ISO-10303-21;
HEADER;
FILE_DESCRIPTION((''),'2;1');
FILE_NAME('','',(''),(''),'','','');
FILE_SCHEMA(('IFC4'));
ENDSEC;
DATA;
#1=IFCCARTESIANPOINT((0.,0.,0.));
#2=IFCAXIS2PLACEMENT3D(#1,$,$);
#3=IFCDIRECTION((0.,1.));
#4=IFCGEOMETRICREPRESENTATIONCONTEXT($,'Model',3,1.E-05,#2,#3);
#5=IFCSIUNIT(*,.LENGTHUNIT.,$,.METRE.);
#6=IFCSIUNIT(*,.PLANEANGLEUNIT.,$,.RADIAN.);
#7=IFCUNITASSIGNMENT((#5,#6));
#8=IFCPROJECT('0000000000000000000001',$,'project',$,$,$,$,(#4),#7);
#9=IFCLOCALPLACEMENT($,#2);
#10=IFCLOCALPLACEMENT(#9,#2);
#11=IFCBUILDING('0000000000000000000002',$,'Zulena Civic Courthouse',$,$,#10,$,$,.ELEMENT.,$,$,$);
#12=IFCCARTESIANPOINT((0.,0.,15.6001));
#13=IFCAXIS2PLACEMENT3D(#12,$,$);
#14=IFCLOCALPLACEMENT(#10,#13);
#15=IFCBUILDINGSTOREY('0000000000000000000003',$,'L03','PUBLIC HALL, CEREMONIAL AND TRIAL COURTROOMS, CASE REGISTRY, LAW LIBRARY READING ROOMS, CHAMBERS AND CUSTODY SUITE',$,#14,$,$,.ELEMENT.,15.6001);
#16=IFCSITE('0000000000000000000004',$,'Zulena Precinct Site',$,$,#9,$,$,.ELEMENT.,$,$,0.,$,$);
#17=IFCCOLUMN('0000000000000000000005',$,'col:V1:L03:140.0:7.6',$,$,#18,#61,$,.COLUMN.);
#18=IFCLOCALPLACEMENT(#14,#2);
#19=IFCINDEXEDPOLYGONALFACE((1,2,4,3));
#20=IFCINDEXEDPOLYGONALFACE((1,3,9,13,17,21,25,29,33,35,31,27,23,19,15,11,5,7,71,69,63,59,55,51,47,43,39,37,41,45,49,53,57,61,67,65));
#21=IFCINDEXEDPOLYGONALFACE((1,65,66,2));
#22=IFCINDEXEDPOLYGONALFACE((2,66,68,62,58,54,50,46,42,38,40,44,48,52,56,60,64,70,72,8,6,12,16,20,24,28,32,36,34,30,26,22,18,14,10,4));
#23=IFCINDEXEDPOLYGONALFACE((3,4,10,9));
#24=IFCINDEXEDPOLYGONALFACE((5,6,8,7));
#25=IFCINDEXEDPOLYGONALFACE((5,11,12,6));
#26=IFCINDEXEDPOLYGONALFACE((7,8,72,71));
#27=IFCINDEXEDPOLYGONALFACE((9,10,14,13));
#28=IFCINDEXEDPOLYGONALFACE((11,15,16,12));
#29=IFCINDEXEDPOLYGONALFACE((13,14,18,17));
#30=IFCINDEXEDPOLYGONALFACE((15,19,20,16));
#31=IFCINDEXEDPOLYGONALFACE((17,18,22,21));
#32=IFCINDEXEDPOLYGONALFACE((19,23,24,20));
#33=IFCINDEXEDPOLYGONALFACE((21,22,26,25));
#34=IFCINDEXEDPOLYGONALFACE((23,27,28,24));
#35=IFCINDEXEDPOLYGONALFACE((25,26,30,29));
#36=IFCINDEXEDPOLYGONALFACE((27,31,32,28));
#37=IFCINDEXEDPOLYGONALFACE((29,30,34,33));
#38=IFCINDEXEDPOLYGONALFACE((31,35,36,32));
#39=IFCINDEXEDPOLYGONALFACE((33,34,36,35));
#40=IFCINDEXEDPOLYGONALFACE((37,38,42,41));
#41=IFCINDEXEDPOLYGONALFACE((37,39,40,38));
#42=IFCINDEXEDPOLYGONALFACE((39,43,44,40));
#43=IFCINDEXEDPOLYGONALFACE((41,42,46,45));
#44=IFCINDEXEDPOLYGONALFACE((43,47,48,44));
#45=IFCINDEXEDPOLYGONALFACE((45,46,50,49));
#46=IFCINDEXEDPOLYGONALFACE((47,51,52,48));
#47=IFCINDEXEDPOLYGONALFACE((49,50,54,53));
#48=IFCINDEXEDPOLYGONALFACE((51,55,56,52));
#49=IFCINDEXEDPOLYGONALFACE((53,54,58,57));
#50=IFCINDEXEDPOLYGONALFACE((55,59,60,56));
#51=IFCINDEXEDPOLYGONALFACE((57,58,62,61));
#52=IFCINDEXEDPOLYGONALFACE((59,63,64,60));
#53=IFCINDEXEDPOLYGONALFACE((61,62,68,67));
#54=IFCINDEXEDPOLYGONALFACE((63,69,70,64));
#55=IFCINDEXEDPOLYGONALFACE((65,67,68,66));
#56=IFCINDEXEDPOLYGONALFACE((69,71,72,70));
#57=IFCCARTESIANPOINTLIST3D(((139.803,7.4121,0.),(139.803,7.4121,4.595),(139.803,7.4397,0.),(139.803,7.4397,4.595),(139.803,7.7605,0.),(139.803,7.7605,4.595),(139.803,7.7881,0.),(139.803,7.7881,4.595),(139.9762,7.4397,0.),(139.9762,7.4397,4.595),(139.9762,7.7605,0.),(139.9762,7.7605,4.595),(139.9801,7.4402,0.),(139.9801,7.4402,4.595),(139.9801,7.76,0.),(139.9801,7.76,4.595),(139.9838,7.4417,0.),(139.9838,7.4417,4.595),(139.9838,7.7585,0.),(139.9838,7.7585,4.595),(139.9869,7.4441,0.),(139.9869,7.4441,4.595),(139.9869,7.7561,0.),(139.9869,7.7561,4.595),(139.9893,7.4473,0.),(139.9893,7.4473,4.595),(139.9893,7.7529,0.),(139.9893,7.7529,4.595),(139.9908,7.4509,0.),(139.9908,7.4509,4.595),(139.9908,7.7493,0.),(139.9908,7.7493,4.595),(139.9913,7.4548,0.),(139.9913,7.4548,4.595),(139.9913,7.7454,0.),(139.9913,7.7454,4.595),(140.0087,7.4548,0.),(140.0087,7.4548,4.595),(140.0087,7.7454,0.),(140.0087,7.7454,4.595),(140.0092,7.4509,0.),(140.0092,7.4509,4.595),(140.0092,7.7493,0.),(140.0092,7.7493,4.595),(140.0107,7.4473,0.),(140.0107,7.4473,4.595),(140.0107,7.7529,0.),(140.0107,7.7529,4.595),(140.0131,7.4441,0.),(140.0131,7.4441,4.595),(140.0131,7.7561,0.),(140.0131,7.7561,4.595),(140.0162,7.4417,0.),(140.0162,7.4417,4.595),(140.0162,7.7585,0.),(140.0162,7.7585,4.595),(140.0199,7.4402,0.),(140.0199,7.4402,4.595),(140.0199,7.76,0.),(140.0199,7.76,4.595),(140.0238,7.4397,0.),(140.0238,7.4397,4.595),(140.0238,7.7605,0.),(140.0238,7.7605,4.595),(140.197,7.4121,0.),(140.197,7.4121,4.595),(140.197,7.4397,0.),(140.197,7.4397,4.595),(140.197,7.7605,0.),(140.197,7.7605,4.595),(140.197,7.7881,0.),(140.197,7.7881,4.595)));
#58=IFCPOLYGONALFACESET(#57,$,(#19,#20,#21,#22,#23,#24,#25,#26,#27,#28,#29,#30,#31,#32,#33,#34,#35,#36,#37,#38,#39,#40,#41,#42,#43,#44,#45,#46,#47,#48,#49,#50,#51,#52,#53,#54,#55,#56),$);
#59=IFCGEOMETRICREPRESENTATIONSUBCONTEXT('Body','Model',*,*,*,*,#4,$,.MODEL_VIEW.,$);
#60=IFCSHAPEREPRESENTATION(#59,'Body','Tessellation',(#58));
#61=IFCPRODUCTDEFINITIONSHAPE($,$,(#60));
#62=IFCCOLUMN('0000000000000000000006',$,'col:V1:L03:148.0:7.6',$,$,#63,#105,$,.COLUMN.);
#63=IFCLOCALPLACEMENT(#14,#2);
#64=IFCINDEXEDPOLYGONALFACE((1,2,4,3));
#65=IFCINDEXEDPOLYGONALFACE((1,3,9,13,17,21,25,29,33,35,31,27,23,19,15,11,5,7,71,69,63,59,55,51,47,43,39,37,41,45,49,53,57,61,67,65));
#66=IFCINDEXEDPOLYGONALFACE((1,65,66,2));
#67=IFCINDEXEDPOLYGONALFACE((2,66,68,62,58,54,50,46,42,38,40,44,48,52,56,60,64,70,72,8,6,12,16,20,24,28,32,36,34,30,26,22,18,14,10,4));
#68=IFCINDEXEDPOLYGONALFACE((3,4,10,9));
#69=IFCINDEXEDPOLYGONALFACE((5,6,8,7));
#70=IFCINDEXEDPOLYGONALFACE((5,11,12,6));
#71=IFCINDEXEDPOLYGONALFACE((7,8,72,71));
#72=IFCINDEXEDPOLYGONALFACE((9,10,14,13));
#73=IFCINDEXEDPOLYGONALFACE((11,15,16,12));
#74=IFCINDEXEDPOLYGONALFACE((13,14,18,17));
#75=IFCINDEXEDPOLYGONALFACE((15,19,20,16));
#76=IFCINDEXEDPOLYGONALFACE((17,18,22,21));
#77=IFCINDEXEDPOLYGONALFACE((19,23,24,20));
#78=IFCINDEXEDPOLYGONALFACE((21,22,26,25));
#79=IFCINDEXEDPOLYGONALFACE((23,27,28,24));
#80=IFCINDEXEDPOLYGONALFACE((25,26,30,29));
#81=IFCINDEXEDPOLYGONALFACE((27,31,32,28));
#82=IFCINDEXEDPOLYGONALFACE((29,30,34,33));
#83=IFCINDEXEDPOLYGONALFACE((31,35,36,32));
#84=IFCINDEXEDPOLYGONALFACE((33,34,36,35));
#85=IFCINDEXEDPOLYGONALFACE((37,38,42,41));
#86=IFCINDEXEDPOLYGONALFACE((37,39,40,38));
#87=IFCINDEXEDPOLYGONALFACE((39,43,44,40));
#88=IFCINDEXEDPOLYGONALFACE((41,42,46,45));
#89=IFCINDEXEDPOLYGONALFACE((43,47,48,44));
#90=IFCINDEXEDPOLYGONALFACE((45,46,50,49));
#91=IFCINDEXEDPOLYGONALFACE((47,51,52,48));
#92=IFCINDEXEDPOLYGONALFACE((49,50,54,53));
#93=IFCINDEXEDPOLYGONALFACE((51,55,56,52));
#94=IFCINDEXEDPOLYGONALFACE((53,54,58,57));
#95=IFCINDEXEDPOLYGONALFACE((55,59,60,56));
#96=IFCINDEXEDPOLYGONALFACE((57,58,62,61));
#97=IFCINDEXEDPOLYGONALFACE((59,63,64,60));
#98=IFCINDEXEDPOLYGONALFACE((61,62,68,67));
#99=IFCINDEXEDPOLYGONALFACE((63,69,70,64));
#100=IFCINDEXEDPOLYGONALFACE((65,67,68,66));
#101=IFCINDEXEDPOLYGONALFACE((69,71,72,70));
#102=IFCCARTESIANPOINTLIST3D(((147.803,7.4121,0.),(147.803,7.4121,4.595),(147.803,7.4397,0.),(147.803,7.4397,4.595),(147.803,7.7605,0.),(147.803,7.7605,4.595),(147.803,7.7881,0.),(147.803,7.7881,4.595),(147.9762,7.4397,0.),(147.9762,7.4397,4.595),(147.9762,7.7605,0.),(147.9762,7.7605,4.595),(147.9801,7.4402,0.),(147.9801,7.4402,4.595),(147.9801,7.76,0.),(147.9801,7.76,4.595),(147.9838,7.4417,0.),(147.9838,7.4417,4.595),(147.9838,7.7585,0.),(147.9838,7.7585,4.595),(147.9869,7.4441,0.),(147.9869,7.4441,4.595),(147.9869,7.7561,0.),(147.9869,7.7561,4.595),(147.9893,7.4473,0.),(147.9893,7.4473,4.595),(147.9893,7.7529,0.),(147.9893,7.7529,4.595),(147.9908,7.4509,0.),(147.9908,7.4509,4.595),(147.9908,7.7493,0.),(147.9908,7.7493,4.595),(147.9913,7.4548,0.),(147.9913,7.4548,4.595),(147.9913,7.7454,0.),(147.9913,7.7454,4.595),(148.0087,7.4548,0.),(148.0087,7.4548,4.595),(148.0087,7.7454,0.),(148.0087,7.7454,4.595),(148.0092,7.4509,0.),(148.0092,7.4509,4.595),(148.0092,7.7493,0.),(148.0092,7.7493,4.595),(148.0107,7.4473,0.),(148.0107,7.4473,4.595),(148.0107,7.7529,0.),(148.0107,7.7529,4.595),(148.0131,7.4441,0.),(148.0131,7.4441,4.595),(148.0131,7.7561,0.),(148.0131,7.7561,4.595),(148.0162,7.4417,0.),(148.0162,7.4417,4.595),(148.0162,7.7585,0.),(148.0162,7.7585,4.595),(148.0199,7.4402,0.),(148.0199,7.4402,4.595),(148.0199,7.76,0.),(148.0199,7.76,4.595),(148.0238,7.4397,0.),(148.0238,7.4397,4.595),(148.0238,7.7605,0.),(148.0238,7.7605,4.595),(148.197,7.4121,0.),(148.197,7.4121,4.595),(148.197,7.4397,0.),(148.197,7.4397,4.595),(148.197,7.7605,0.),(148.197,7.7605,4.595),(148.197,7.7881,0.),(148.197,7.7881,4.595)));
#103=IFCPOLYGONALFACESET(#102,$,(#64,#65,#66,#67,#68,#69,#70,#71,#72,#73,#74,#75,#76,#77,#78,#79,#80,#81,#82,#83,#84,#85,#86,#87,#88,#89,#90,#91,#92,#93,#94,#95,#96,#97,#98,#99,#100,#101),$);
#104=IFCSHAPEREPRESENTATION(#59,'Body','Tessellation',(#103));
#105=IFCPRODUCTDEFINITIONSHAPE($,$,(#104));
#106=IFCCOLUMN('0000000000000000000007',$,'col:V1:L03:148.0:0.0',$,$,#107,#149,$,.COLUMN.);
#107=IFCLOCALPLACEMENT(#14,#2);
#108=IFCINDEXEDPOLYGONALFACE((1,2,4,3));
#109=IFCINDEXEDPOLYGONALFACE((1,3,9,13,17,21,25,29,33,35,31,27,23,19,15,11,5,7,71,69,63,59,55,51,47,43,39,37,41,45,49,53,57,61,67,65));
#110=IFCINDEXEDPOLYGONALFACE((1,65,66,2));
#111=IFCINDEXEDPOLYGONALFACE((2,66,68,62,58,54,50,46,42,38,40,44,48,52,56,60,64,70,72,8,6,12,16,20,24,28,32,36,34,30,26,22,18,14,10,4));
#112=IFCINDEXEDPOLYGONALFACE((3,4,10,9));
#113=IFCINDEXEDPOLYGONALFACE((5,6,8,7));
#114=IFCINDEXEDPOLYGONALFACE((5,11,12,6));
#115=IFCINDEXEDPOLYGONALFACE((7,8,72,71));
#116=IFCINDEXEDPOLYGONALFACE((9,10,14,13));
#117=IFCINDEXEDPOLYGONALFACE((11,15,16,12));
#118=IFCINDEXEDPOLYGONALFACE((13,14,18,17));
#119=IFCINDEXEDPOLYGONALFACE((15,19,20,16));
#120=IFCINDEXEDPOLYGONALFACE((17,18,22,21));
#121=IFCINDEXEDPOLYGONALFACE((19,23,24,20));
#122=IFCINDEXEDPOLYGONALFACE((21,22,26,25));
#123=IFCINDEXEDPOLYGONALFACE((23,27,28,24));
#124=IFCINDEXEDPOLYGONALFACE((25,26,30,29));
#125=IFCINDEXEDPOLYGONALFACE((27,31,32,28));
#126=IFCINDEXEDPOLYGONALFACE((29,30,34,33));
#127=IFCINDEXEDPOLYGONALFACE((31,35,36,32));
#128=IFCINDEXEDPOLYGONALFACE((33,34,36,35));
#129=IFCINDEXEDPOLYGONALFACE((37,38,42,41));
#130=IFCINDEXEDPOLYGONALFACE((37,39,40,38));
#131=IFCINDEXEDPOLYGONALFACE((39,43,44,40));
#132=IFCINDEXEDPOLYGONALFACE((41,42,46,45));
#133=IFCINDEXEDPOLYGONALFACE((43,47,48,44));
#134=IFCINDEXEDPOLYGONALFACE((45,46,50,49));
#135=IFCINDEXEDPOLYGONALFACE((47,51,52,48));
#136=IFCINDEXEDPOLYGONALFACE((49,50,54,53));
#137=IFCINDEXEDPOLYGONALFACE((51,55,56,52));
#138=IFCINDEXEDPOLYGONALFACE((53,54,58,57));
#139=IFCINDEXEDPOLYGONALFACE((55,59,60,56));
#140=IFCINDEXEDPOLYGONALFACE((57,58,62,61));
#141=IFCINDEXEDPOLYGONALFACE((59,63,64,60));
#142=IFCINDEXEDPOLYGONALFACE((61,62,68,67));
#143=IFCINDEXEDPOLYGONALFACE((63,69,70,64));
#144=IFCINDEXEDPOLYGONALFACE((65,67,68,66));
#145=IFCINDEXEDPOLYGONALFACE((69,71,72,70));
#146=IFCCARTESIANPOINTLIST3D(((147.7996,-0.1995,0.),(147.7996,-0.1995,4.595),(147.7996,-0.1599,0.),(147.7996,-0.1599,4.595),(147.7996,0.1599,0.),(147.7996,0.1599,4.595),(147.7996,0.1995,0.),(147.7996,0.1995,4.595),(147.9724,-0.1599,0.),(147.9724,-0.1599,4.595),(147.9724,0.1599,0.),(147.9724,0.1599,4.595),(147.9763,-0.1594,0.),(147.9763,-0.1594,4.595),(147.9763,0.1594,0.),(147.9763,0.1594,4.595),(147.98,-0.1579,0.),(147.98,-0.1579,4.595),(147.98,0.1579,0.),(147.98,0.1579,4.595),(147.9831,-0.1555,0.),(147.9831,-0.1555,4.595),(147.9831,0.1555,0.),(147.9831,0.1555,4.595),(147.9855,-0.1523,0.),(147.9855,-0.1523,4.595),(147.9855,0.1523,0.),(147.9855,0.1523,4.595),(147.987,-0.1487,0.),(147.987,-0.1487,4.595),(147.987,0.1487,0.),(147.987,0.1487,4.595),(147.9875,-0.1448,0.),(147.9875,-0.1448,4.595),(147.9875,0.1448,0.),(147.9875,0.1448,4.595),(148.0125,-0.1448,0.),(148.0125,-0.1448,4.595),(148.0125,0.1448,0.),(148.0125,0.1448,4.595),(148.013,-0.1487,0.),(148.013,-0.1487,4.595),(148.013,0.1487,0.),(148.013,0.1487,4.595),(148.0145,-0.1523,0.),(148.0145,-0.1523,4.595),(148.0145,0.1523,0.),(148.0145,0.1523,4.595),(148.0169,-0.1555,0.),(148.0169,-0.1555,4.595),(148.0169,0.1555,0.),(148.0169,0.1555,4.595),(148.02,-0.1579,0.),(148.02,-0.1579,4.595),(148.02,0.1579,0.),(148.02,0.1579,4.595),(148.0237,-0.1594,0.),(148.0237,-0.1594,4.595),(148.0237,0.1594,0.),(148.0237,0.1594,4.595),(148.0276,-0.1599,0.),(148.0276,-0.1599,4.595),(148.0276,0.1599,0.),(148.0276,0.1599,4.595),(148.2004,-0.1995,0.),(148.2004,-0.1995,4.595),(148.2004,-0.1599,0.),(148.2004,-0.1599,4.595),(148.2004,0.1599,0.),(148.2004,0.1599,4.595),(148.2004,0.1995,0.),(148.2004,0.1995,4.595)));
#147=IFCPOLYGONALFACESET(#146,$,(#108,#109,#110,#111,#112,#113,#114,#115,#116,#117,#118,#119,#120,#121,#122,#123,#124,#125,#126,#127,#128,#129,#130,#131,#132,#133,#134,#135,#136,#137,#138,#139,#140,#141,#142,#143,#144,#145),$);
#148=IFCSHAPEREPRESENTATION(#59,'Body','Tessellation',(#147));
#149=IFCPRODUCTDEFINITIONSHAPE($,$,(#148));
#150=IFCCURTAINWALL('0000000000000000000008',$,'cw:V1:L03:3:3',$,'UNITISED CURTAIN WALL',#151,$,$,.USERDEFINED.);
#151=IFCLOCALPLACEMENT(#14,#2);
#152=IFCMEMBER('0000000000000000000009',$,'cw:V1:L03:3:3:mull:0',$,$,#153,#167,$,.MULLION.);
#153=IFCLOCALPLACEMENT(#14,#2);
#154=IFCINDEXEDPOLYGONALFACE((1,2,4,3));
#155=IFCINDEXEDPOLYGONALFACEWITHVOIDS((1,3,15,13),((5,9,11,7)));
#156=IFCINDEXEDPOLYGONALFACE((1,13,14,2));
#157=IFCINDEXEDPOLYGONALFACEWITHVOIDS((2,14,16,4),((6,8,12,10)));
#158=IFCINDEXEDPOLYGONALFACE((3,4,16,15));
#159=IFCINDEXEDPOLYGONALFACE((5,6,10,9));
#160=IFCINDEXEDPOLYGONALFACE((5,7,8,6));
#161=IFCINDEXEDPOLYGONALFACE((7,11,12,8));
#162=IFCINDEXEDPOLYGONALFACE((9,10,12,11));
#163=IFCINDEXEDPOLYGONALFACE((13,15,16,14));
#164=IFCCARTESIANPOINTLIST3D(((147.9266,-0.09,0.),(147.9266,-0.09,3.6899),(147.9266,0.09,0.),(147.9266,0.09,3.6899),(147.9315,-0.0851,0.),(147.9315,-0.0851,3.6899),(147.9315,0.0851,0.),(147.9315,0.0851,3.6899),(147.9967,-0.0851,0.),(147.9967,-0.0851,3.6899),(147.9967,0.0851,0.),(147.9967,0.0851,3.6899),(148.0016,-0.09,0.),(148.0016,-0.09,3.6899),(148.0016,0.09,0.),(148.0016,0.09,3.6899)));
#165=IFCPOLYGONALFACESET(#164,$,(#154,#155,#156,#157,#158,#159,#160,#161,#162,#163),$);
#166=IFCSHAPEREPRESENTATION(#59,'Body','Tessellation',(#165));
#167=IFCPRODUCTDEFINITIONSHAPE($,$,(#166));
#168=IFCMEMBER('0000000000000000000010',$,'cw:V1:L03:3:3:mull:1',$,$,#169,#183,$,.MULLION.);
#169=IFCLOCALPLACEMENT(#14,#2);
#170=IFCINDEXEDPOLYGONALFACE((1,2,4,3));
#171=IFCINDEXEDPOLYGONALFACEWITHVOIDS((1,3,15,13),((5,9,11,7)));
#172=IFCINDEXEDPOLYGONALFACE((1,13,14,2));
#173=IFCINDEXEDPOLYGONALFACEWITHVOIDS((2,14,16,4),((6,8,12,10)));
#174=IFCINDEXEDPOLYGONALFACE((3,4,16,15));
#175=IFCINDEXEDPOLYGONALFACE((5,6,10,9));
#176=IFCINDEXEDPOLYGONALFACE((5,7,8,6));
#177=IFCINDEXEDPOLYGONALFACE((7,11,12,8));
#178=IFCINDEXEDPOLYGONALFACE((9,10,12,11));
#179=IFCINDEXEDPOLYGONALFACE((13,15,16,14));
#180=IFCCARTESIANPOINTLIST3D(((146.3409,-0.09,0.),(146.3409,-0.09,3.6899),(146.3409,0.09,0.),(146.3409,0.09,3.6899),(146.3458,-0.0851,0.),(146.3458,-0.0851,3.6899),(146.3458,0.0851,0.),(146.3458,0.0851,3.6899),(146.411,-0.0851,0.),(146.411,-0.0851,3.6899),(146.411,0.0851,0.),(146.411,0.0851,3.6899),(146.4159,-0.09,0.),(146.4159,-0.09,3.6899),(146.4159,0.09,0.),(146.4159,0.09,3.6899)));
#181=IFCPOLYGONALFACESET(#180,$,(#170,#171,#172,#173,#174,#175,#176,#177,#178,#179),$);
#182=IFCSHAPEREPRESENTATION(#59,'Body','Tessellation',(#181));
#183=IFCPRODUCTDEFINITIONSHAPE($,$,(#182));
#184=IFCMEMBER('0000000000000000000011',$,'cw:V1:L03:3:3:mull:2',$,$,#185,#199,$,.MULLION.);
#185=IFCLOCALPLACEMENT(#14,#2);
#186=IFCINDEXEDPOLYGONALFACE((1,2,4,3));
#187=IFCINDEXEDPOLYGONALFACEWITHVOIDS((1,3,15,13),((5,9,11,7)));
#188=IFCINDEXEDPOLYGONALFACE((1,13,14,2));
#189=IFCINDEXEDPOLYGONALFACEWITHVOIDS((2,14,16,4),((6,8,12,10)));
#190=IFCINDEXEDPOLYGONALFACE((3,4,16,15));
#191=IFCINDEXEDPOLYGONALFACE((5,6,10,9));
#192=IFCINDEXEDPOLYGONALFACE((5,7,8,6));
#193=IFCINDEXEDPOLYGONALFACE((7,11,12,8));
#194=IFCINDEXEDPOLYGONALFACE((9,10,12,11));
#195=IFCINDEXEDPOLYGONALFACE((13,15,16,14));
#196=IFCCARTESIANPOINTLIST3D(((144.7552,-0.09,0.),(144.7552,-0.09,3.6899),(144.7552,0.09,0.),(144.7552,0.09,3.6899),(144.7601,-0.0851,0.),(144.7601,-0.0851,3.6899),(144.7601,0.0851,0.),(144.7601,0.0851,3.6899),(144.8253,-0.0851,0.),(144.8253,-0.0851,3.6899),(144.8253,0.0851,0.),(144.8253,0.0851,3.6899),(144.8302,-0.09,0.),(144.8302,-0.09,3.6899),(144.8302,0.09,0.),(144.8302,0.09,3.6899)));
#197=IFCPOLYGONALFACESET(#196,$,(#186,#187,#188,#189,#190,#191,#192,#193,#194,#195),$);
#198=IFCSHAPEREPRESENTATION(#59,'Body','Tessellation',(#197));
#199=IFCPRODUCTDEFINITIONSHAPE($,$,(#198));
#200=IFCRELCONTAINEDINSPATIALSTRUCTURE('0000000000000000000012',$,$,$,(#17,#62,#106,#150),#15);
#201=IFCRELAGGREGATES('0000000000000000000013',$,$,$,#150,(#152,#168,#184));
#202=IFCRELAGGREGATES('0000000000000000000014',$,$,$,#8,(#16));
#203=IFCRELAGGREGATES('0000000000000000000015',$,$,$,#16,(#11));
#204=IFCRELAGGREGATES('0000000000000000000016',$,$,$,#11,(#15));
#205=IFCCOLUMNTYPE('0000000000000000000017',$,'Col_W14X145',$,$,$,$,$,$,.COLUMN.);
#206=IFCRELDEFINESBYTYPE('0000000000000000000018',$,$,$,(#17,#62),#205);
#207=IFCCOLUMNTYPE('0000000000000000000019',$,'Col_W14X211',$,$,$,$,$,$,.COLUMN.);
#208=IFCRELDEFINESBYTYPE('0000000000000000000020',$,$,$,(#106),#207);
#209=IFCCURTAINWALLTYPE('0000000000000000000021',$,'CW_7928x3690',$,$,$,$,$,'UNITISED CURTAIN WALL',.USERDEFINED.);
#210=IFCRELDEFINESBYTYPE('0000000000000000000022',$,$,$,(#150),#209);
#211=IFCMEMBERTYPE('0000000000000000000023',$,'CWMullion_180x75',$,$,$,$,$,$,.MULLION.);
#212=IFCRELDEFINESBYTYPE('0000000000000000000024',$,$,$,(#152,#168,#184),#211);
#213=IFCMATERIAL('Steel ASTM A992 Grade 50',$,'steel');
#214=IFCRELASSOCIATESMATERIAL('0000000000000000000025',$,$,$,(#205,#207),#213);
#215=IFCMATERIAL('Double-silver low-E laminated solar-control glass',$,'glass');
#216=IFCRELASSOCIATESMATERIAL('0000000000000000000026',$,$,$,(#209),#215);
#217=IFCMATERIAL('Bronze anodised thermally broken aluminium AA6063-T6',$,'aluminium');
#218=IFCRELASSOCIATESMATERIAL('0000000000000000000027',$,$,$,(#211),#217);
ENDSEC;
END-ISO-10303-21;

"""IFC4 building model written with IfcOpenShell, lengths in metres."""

from ifc_helpers import new_model, si_unit, direction, frame, origin, origin_2d, place, context, subcontext, project, spatial, hollow_rectangle, i_section, extrude, material, material_profile, profile_set, type_object, element, aggregate, save


model = new_model("IFC4")

# Units and contexts
model_context = context("Model", 3, precision=1e-05, world=origin(), true_north=direction((0.0, 1.0)))
body_context = subcontext(model_context, "Body", "Model", "MODEL_VIEW")
ifc_project = project(units=[si_unit("LENGTHUNIT", "METRE"), si_unit("PLANEANGLEUNIT", "RADIAN")], contexts=[model_context])

# Site, building, storey
site_placement = place(None, origin())
site = spatial("IfcSite", under=ifc_project, at=site_placement, Name="Zulena Precinct Site", CompositionType="ELEMENT", RefElevation=0.0)
building_placement = place(site_placement, origin())
building = spatial("IfcBuilding", under=site, at=building_placement, Name="Zulena Civic Courthouse", CompositionType="ELEMENT")
storey_placement = place(building_placement, frame((0.0, 0.0, 15.6001)))
storey = spatial("IfcBuildingStorey", under=building, at=storey_placement, Name="L03", Description="PUBLIC HALL, CEREMONIAL AND TRIAL COURTROOMS, CASE REGISTRY, LAW LIBRARY READING ROOMS, CHAMBERS AND CUSTODY SUITE", CompositionType="ELEMENT", Elevation=15.6001)

# Columns
ifc_material_1 = material(Name="Steel ASTM A992 Grade 50", Category="steel")
ifc_material_profile_1 = material_profile(ifc_material_1, i_section(OverallWidth=0.394, OverallDepth=0.376, WebThickness=0.0173, FlangeThickness=0.0276, FilletRadius=0.0151, at=origin_2d()), Name="W14X145")
ifc_profile_set_1 = profile_set([ifc_material_profile_1], Name="Steel ASTM A992 Grade 50")
column_type_1 = type_object("IfcColumnType", Name="Col_W14X145", PredefinedType="COLUMN", material=ifc_profile_set_1)
for number, where, z_axis, x_axis, name in (
    (1, (140.0, 7.6001, 0.0), (0.0, 0.0, 1.0), (1.0, 0.0, 0.0), "col:V1:L03:140.0:7.6"),
    (2, (148.0, 7.6001, 0.0), (0.0, 0.0, 1.0), (1.0, 0.0, 0.0), "col:V1:L03:148.0:7.6"),
):
    element("IfcColumn", number, at=place(storey_placement, frame(where, z_axis=z_axis, x_axis=x_axis)), inside=storey, type_object=column_type_1, Name=name, PredefinedType="COLUMN", context=body_context, shape_type="SweptSolid", body=[
        extrude(i_section(OverallWidth=0.394, OverallDepth=0.376, WebThickness=0.0173, FlangeThickness=0.0276, FilletRadius=0.0151, at=origin_2d()), origin(), (0.0, 0.0, 1.0), 4.595),
    ])
ifc_material_profile_2 = material_profile(ifc_material_1, i_section(OverallWidth=0.4009, OverallDepth=0.3989, WebThickness=0.0249, FlangeThickness=0.0396, FilletRadius=0.0151, at=origin_2d()), Name="W14X211")
ifc_profile_set_2 = profile_set([ifc_material_profile_2], Name="Steel ASTM A992 Grade 50")
column_type_2 = type_object("IfcColumnType", Name="Col_W14X211", PredefinedType="COLUMN", material=ifc_profile_set_2)
column_placement = place(storey_placement, frame((148.0, 0.0, 0.0), z_axis=(0.0, 0.0, 1.0), x_axis=(1.0, 0.0, 0.0)))
element("IfcColumn", 3, at=column_placement, inside=storey, type_object=column_type_2, Name="col:V1:L03:148.0:0.0", PredefinedType="COLUMN", context=body_context, shape_type="SweptSolid", body=[
    extrude(i_section(OverallWidth=0.4009, OverallDepth=0.3989, WebThickness=0.0249, FlangeThickness=0.0396, FilletRadius=0.0151, at=origin_2d()), origin(), (0.0, 0.0, 1.0), 4.595),
])

# Curtain wall, members
ifc_material_2 = material(Name="Double-silver low-E laminated solar-control glass", Category="glass")
curtain_wall_type = type_object("IfcCurtainWallType", Name="CW_7928x3690", ElementType="UNITISED CURTAIN WALL", PredefinedType="USERDEFINED", material=ifc_material_2)
curtain_wall_placement = place(storey_placement, origin())
curtain_wall = element("IfcCurtainWall", 4, at=curtain_wall_placement, inside=storey, type_object=curtain_wall_type, Name="cw:V1:L03:3:3", ObjectType="UNITISED CURTAIN WALL", PredefinedType="USERDEFINED")
ifc_material_3 = material(Name="Bronze anodised thermally broken aluminium AA6063-T6", Category="aluminium")
ifc_material_profile_3 = material_profile(ifc_material_3, hollow_rectangle(XDim=0.075, YDim=0.1799, WallThickness=0.0049, at=origin_2d()), Name="CWM180X75X5")
ifc_profile_set_3 = profile_set([ifc_material_profile_3], Name="Bronze anodised thermally broken aluminium AA6063-T6")
member_type_1 = type_object("IfcMemberType", Name="CWMullion_180x75", PredefinedType="MULLION", material=ifc_profile_set_3)
member_1_placement = place(storey_placement, frame((147.9641, 0.0, 0.0), z_axis=(0.0, 0.0, 1.0), x_axis=(1.0, 0.0, 0.0)))
member_1 = element("IfcMember", 5, at=member_1_placement, type_object=member_type_1, Name="cw:V1:L03:3:3:mull:0", PredefinedType="MULLION", context=body_context, shape_type="SweptSolid", body=[
    extrude(hollow_rectangle(XDim=0.075, YDim=0.1799, WallThickness=0.0049, at=origin_2d()), origin(), (0.0, 0.0, 1.0), 3.6899),
])
member_2_placement = place(storey_placement, frame((146.3784, 0.0, 0.0), z_axis=(0.0, 0.0, 1.0), x_axis=(1.0, 0.0, 0.0)))
member_2 = element("IfcMember", 6, at=member_2_placement, type_object=member_type_1, Name="cw:V1:L03:3:3:mull:1", PredefinedType="MULLION", context=body_context, shape_type="SweptSolid", body=[
    extrude(hollow_rectangle(XDim=0.075, YDim=0.1799, WallThickness=0.0049, at=origin_2d()), origin(), (0.0, 0.0, 1.0), 3.6899),
])
member_3_placement = place(storey_placement, frame((144.7927, 0.0, 0.0), z_axis=(0.0, 0.0, 1.0), x_axis=(1.0, 0.0, 0.0)))
member_3 = element("IfcMember", 7, at=member_3_placement, type_object=member_type_1, Name="cw:V1:L03:3:3:mull:2", PredefinedType="MULLION", context=body_context, shape_type="SweptSolid", body=[
    extrude(hollow_rectangle(XDim=0.075, YDim=0.1799, WallThickness=0.0049, at=origin_2d()), origin(), (0.0, 0.0, 1.0), 3.6899),
])

aggregate(curtain_wall, [member_1, member_2, member_3])

save(model, "model.ifc")
